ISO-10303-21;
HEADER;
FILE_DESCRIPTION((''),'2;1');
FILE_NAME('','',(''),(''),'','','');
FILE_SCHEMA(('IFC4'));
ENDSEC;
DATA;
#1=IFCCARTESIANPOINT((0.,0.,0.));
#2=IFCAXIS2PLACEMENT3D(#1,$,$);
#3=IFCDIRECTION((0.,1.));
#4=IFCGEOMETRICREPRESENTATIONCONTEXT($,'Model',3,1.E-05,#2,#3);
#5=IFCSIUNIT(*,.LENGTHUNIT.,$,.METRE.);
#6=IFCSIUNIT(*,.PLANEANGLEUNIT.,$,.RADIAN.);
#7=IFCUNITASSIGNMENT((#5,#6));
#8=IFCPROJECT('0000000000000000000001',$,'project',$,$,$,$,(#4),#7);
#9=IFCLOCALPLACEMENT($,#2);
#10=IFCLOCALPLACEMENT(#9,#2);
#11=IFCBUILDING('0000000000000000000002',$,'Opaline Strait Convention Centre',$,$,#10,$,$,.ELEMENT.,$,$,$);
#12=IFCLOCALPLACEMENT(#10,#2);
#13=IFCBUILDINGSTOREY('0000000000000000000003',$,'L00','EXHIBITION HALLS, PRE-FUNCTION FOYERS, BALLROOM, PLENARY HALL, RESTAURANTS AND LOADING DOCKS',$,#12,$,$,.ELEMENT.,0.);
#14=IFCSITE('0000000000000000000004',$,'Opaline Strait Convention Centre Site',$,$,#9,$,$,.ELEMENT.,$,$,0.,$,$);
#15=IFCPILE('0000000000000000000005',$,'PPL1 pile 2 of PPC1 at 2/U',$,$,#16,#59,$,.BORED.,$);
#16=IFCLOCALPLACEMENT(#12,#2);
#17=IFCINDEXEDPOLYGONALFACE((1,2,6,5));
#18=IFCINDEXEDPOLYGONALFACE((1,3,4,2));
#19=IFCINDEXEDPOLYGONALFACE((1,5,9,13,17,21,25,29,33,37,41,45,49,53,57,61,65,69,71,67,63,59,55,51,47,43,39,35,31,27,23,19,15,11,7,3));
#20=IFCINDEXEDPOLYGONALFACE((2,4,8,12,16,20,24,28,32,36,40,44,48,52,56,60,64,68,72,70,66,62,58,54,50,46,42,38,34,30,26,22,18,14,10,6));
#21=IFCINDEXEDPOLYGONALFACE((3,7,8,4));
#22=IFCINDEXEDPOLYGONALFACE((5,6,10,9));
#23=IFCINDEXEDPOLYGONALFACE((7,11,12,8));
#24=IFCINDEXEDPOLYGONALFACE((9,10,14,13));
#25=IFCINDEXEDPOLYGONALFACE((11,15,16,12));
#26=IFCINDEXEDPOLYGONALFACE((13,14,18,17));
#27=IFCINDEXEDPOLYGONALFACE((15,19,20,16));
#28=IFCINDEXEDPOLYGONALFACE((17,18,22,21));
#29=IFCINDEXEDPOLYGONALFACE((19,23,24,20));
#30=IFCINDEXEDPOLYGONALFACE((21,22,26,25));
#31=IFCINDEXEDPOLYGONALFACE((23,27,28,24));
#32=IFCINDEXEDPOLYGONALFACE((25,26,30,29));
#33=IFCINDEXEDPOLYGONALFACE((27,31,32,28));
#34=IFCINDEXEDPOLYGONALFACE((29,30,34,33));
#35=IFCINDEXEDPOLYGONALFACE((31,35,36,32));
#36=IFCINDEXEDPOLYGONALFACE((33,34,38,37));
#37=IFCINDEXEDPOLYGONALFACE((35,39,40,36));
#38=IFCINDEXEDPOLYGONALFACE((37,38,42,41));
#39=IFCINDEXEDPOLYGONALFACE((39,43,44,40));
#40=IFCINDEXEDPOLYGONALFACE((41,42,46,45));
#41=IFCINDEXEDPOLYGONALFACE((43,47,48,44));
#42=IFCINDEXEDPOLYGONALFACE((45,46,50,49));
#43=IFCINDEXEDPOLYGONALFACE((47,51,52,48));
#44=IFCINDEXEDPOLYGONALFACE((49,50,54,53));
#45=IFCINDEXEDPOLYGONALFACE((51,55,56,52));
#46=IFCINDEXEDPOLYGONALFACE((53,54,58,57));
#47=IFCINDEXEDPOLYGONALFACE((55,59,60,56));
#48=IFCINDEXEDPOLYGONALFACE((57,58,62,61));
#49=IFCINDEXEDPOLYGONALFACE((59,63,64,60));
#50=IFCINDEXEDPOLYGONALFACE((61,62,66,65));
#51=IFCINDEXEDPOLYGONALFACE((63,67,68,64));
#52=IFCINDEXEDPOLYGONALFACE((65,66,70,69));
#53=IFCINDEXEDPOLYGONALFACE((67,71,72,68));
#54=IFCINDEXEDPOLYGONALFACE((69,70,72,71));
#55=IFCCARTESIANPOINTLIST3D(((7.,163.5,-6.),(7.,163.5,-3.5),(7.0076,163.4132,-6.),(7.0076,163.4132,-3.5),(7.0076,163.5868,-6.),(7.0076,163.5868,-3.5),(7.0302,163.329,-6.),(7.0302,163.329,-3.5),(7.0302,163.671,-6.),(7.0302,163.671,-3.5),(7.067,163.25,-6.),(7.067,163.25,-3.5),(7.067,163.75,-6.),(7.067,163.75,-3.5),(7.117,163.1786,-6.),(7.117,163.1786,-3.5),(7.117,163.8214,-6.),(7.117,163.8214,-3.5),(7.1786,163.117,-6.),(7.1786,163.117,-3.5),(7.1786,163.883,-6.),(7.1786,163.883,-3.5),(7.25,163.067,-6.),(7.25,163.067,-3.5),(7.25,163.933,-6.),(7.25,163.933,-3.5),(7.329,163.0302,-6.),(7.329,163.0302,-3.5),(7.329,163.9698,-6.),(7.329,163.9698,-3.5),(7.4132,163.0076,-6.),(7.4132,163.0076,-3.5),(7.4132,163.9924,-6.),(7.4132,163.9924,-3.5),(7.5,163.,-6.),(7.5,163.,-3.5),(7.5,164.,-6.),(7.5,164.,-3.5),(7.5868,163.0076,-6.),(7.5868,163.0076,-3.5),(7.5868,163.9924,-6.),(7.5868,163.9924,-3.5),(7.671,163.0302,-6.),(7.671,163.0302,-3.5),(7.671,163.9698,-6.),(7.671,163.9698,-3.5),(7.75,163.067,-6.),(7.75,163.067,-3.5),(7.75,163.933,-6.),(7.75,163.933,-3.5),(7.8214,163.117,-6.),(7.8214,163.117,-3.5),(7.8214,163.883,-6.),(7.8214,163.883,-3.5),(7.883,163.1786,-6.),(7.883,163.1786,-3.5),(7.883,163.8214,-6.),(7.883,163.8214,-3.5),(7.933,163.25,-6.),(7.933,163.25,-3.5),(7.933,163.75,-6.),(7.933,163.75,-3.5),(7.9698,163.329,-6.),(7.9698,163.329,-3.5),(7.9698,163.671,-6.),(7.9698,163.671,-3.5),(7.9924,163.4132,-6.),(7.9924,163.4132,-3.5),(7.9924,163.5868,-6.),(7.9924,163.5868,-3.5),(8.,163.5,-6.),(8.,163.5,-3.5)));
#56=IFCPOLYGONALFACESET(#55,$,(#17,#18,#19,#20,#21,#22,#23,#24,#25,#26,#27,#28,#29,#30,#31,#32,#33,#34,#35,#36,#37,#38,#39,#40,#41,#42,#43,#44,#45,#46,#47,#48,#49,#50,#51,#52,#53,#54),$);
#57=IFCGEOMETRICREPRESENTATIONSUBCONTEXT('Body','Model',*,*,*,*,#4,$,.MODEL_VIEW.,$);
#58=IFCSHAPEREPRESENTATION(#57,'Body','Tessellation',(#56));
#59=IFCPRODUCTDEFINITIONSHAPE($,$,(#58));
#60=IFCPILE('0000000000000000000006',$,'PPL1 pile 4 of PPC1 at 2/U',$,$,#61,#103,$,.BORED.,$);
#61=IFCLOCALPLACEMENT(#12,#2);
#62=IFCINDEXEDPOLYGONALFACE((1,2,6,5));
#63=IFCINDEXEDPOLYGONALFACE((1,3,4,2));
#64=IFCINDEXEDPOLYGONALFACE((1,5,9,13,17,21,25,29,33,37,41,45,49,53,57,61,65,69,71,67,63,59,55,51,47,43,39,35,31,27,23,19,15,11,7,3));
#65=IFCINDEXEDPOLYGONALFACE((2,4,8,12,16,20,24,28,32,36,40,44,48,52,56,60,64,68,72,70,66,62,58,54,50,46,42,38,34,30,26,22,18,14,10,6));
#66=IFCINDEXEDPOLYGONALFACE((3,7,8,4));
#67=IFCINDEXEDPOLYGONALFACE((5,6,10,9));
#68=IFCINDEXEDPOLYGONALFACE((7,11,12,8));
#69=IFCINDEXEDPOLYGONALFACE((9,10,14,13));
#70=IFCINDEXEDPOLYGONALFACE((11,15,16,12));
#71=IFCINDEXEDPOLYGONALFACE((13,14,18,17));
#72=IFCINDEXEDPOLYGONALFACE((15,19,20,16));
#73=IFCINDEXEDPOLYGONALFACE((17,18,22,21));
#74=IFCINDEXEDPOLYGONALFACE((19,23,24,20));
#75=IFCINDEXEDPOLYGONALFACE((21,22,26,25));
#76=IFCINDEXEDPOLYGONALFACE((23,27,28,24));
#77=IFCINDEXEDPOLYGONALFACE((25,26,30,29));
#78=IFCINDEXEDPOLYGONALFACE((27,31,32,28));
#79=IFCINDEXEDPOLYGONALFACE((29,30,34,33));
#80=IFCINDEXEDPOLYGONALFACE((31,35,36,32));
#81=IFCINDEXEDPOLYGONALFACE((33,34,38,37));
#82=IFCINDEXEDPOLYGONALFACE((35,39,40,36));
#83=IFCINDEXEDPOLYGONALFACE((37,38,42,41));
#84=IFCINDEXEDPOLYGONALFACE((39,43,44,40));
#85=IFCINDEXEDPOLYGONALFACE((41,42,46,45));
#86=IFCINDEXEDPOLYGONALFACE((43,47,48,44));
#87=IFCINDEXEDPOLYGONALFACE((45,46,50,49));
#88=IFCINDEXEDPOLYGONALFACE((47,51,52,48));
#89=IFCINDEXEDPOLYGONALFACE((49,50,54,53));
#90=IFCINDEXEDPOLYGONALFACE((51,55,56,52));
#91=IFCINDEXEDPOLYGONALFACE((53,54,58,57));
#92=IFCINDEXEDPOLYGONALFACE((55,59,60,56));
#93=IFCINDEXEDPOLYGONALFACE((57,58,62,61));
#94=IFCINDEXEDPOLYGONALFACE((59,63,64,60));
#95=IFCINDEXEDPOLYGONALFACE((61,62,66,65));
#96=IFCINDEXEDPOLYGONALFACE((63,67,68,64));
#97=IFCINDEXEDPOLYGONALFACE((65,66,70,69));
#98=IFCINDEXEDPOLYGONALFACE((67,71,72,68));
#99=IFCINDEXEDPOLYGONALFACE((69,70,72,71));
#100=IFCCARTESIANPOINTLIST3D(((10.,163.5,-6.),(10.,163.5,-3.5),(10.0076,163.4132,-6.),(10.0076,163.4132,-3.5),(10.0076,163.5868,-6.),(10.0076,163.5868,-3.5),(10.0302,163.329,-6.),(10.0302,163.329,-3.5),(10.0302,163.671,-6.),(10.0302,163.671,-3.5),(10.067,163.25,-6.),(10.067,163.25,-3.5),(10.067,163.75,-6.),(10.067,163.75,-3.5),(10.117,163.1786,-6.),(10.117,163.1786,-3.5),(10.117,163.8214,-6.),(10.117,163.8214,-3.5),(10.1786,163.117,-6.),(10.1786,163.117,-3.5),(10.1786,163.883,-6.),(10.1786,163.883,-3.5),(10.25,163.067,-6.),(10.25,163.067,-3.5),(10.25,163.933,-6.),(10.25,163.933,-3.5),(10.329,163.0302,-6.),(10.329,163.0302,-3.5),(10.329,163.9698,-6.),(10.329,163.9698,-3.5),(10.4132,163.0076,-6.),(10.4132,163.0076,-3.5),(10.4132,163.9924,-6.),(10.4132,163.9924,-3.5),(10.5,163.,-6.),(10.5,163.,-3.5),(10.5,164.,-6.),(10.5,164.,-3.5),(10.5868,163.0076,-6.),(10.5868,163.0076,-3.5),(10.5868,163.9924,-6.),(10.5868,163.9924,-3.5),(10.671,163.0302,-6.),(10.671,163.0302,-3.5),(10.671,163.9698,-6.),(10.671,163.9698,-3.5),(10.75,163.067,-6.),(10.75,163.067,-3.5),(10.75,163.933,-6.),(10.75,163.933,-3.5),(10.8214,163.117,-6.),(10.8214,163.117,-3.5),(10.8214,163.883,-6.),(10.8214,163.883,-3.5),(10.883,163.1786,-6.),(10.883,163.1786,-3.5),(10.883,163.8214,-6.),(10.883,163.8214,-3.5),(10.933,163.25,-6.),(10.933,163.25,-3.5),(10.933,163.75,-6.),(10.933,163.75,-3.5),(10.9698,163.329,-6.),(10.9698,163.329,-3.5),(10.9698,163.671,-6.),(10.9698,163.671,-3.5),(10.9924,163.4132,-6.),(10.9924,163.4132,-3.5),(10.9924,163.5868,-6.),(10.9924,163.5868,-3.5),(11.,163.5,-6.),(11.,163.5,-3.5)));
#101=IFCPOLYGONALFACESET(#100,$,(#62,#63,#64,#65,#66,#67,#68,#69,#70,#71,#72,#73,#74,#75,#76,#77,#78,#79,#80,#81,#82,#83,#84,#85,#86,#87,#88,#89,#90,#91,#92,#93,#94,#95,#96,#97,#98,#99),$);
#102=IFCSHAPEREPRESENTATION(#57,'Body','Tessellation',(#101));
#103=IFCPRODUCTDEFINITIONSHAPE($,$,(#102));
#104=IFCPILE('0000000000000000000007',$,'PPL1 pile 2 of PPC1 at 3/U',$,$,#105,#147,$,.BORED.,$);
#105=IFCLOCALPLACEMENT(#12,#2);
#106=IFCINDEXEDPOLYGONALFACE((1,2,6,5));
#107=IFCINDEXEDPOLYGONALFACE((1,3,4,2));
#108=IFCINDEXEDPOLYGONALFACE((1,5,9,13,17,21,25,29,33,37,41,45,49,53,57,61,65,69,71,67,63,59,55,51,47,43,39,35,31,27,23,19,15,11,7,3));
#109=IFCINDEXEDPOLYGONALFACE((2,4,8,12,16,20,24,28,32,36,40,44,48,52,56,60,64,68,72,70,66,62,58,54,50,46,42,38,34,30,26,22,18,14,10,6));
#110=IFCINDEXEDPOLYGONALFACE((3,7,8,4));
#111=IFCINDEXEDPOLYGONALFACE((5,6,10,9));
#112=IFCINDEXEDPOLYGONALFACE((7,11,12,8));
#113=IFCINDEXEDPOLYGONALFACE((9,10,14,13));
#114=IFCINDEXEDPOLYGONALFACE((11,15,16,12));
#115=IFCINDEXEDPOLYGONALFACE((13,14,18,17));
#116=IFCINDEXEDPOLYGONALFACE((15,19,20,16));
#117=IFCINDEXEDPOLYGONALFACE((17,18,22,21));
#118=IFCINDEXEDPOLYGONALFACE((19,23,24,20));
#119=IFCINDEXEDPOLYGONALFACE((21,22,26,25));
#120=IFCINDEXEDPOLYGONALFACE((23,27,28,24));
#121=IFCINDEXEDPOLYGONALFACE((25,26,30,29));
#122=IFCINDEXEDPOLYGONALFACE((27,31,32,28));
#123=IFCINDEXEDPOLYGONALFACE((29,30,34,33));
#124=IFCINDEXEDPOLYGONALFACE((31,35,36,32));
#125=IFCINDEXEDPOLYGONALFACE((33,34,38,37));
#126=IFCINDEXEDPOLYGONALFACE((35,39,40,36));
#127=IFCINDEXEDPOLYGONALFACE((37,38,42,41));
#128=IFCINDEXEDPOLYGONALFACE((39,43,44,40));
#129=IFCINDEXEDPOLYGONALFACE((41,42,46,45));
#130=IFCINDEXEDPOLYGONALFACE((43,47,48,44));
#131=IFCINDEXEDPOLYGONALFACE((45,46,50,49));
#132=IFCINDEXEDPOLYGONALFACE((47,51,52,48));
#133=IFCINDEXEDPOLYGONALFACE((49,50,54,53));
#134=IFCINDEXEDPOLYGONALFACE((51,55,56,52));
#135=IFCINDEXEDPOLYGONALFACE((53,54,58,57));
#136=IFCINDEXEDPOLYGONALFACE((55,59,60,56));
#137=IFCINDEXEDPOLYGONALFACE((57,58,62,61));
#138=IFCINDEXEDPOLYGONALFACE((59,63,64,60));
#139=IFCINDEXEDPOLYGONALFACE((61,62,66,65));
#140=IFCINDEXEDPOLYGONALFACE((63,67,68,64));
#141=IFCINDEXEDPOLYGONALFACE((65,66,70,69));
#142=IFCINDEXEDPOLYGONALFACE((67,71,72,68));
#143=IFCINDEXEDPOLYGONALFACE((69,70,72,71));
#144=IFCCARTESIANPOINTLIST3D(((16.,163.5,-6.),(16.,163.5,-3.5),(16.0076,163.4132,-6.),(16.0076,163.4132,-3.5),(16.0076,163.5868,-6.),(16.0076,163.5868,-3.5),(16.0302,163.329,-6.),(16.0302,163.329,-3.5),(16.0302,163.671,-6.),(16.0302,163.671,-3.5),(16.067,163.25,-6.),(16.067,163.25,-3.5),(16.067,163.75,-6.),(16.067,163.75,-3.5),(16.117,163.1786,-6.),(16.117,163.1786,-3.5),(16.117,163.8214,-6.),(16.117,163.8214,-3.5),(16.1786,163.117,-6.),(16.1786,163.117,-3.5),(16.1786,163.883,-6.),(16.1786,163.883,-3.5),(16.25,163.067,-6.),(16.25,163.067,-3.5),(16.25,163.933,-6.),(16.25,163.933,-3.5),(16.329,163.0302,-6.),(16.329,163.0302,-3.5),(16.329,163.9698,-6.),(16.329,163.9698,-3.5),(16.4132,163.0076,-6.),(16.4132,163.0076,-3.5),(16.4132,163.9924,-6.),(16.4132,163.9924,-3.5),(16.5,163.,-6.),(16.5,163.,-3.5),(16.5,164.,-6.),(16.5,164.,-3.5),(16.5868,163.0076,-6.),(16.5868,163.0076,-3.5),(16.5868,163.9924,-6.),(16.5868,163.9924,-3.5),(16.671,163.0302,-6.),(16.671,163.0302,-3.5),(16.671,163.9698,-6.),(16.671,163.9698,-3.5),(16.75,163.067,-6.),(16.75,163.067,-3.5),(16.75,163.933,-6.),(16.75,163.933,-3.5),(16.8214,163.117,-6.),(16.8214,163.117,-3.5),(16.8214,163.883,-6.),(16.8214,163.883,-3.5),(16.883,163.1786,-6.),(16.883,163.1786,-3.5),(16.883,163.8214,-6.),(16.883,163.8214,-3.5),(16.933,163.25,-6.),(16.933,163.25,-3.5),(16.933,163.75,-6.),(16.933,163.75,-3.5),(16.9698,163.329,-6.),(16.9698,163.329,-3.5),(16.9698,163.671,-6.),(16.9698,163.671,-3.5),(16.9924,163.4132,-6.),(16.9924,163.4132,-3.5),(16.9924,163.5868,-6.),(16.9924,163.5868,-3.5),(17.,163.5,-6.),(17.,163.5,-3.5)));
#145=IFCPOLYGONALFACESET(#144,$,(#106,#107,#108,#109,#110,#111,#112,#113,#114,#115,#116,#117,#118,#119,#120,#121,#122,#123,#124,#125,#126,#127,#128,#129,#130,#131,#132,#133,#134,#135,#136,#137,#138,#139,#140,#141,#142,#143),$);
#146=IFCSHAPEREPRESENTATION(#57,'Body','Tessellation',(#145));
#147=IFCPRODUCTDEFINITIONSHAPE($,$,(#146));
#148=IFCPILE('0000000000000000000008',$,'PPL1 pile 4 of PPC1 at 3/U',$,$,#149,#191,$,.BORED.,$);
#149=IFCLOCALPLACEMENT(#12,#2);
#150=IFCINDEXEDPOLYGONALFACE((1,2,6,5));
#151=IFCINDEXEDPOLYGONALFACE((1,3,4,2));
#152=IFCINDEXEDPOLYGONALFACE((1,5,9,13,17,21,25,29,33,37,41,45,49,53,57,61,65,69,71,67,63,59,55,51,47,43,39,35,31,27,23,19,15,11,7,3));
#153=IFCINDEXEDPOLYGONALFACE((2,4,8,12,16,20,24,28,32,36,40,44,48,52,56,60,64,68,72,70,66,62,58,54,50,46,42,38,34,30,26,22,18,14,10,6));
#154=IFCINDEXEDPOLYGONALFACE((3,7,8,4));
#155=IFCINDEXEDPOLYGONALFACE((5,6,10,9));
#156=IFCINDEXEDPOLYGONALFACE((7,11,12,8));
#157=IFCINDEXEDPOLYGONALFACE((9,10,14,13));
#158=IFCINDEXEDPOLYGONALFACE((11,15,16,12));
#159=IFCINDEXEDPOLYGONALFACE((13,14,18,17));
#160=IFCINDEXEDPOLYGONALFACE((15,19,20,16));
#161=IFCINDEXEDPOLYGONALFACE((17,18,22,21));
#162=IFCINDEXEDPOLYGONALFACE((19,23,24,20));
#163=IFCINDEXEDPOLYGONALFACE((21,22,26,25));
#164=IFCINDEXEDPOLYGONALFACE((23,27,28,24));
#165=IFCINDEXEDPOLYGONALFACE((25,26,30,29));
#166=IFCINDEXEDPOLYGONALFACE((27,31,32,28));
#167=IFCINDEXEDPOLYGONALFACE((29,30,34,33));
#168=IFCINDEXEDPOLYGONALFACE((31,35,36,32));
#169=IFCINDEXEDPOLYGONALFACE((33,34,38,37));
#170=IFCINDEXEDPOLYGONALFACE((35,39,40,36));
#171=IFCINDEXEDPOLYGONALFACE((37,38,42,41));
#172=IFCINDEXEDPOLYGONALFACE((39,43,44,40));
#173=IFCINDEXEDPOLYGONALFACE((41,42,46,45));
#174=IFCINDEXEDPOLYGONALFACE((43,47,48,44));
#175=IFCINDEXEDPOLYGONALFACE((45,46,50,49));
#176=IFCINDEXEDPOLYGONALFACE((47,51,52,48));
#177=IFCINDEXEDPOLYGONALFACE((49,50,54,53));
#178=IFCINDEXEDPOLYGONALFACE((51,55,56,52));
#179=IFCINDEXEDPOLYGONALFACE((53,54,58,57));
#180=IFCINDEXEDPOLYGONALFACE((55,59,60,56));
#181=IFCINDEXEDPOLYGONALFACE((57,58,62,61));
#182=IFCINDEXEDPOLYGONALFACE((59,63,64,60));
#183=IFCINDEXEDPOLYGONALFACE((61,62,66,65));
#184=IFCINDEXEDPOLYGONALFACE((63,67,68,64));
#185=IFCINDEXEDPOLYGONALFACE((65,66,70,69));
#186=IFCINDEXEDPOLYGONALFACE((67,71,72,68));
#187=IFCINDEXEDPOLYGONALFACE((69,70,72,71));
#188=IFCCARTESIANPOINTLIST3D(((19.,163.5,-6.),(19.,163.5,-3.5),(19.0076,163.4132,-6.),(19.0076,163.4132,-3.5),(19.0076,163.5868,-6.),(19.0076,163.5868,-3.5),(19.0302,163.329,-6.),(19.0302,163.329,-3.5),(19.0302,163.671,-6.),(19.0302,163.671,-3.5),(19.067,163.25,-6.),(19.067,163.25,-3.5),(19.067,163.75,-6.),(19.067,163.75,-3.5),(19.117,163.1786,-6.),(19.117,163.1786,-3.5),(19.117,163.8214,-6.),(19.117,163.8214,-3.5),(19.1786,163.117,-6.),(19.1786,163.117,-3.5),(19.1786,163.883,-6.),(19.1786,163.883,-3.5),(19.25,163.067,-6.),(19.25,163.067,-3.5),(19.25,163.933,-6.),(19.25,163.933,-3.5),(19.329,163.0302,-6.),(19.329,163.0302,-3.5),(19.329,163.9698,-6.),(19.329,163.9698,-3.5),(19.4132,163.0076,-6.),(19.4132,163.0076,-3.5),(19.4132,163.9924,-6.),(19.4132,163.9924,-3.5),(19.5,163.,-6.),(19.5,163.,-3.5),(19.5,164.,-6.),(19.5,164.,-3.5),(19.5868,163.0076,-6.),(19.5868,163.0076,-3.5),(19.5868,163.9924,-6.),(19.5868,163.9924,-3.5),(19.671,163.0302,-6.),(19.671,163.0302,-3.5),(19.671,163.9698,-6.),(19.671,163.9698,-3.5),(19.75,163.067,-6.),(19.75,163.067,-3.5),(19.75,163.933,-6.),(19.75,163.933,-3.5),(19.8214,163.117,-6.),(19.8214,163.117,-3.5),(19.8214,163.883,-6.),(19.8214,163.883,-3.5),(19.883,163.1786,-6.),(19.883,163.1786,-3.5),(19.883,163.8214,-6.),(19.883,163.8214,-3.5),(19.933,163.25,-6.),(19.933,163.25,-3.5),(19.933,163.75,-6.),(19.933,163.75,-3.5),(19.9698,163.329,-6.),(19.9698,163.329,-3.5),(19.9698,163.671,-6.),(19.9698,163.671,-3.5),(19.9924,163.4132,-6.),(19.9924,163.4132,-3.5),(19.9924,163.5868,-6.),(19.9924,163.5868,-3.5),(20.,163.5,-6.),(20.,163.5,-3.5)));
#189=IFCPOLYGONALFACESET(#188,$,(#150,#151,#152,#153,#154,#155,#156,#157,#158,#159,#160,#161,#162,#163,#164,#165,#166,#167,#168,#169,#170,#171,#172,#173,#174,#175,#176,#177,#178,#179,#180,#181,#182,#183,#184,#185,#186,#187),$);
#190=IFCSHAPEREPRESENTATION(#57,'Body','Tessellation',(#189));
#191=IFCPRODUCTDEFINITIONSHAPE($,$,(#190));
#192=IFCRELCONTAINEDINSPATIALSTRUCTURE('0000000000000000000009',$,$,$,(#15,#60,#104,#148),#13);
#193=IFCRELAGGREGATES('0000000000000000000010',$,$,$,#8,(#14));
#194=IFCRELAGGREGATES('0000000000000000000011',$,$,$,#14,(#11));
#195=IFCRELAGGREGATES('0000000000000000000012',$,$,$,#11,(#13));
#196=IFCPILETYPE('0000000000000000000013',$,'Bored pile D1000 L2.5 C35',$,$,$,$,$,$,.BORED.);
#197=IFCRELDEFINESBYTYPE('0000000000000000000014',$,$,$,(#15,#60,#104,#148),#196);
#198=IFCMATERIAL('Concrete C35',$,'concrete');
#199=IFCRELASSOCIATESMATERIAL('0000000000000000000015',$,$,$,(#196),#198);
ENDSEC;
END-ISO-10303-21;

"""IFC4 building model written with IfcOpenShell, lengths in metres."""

from ifc_helpers import new_model, si_unit, direction, frame, origin, origin_2d, place, context, subcontext, project, spatial, circle, extrude, material, material_profile, profile_set, type_object, element, save


model = new_model("IFC4")

# Units and contexts
model_context = context("Model", 3, precision=1e-05, world=origin(), true_north=direction((0.0, 1.0)))
body_context = subcontext(model_context, "Body", "Model", "MODEL_VIEW")
ifc_project = project(units=[si_unit("LENGTHUNIT", "METRE"), si_unit("PLANEANGLEUNIT", "RADIAN")], contexts=[model_context])

# Site, building, storey
site_placement = place(None, origin())
site = spatial("IfcSite", under=ifc_project, at=site_placement, Name="Opaline Strait Convention Centre Site", CompositionType="ELEMENT", RefElevation=0.0)
building_placement = place(site_placement, origin())
building = spatial("IfcBuilding", under=site, at=building_placement, Name="Opaline Strait Convention Centre", CompositionType="ELEMENT")
storey_placement = place(building_placement, origin())
storey = spatial("IfcBuildingStorey", under=building, at=storey_placement, Name="L00", Description="EXHIBITION HALLS, PRE-FUNCTION FOYERS, BALLROOM, PLENARY HALL, RESTAURANTS AND LOADING DOCKS", CompositionType="ELEMENT", Elevation=0.0)

# Piles
ifc_material_1 = material(Name="Concrete C35", Category="concrete")
ifc_material_profile_1 = material_profile(ifc_material_1, circle(Radius=0.5, at=origin_2d()), Name="D1000")
ifc_profile_set_1 = profile_set([ifc_material_profile_1], Name="Concrete C35")
pile_type = type_object("IfcPileType", Name="Bored pile D1000 L2.5 C35", PredefinedType="BORED", material=ifc_profile_set_1)
for number, where, z_axis, x_axis, name in (
    (1, (7.5, 163.5, -3.5), (0.0, 0.0, -1.0), (1.0, 0.0, 0.0), "PPL1 pile 2 of PPC1 at 2/U"),
    (2, (10.5, 163.5, -3.5), (0.0, 0.0, -1.0), (1.0, 0.0, 0.0), "PPL1 pile 4 of PPC1 at 2/U"),
    (3, (16.5, 163.5, -3.5), (0.0, 0.0, -1.0), (1.0, 0.0, 0.0), "PPL1 pile 2 of PPC1 at 3/U"),
    (4, (19.5, 163.5, -3.5), (0.0, 0.0, -1.0), (1.0, 0.0, 0.0), "PPL1 pile 4 of PPC1 at 3/U"),
):
    element("IfcPile", number, at=place(storey_placement, frame(where, z_axis=z_axis, x_axis=x_axis)), inside=storey, type_object=pile_type, Name=name, PredefinedType="BORED", context=body_context, shape_type="SweptSolid", body=[
        extrude(circle(Radius=0.5, at=origin_2d()), origin(), (0.0, 0.0, 1.0), 2.5),
    ])

save(model, "model.ifc")
